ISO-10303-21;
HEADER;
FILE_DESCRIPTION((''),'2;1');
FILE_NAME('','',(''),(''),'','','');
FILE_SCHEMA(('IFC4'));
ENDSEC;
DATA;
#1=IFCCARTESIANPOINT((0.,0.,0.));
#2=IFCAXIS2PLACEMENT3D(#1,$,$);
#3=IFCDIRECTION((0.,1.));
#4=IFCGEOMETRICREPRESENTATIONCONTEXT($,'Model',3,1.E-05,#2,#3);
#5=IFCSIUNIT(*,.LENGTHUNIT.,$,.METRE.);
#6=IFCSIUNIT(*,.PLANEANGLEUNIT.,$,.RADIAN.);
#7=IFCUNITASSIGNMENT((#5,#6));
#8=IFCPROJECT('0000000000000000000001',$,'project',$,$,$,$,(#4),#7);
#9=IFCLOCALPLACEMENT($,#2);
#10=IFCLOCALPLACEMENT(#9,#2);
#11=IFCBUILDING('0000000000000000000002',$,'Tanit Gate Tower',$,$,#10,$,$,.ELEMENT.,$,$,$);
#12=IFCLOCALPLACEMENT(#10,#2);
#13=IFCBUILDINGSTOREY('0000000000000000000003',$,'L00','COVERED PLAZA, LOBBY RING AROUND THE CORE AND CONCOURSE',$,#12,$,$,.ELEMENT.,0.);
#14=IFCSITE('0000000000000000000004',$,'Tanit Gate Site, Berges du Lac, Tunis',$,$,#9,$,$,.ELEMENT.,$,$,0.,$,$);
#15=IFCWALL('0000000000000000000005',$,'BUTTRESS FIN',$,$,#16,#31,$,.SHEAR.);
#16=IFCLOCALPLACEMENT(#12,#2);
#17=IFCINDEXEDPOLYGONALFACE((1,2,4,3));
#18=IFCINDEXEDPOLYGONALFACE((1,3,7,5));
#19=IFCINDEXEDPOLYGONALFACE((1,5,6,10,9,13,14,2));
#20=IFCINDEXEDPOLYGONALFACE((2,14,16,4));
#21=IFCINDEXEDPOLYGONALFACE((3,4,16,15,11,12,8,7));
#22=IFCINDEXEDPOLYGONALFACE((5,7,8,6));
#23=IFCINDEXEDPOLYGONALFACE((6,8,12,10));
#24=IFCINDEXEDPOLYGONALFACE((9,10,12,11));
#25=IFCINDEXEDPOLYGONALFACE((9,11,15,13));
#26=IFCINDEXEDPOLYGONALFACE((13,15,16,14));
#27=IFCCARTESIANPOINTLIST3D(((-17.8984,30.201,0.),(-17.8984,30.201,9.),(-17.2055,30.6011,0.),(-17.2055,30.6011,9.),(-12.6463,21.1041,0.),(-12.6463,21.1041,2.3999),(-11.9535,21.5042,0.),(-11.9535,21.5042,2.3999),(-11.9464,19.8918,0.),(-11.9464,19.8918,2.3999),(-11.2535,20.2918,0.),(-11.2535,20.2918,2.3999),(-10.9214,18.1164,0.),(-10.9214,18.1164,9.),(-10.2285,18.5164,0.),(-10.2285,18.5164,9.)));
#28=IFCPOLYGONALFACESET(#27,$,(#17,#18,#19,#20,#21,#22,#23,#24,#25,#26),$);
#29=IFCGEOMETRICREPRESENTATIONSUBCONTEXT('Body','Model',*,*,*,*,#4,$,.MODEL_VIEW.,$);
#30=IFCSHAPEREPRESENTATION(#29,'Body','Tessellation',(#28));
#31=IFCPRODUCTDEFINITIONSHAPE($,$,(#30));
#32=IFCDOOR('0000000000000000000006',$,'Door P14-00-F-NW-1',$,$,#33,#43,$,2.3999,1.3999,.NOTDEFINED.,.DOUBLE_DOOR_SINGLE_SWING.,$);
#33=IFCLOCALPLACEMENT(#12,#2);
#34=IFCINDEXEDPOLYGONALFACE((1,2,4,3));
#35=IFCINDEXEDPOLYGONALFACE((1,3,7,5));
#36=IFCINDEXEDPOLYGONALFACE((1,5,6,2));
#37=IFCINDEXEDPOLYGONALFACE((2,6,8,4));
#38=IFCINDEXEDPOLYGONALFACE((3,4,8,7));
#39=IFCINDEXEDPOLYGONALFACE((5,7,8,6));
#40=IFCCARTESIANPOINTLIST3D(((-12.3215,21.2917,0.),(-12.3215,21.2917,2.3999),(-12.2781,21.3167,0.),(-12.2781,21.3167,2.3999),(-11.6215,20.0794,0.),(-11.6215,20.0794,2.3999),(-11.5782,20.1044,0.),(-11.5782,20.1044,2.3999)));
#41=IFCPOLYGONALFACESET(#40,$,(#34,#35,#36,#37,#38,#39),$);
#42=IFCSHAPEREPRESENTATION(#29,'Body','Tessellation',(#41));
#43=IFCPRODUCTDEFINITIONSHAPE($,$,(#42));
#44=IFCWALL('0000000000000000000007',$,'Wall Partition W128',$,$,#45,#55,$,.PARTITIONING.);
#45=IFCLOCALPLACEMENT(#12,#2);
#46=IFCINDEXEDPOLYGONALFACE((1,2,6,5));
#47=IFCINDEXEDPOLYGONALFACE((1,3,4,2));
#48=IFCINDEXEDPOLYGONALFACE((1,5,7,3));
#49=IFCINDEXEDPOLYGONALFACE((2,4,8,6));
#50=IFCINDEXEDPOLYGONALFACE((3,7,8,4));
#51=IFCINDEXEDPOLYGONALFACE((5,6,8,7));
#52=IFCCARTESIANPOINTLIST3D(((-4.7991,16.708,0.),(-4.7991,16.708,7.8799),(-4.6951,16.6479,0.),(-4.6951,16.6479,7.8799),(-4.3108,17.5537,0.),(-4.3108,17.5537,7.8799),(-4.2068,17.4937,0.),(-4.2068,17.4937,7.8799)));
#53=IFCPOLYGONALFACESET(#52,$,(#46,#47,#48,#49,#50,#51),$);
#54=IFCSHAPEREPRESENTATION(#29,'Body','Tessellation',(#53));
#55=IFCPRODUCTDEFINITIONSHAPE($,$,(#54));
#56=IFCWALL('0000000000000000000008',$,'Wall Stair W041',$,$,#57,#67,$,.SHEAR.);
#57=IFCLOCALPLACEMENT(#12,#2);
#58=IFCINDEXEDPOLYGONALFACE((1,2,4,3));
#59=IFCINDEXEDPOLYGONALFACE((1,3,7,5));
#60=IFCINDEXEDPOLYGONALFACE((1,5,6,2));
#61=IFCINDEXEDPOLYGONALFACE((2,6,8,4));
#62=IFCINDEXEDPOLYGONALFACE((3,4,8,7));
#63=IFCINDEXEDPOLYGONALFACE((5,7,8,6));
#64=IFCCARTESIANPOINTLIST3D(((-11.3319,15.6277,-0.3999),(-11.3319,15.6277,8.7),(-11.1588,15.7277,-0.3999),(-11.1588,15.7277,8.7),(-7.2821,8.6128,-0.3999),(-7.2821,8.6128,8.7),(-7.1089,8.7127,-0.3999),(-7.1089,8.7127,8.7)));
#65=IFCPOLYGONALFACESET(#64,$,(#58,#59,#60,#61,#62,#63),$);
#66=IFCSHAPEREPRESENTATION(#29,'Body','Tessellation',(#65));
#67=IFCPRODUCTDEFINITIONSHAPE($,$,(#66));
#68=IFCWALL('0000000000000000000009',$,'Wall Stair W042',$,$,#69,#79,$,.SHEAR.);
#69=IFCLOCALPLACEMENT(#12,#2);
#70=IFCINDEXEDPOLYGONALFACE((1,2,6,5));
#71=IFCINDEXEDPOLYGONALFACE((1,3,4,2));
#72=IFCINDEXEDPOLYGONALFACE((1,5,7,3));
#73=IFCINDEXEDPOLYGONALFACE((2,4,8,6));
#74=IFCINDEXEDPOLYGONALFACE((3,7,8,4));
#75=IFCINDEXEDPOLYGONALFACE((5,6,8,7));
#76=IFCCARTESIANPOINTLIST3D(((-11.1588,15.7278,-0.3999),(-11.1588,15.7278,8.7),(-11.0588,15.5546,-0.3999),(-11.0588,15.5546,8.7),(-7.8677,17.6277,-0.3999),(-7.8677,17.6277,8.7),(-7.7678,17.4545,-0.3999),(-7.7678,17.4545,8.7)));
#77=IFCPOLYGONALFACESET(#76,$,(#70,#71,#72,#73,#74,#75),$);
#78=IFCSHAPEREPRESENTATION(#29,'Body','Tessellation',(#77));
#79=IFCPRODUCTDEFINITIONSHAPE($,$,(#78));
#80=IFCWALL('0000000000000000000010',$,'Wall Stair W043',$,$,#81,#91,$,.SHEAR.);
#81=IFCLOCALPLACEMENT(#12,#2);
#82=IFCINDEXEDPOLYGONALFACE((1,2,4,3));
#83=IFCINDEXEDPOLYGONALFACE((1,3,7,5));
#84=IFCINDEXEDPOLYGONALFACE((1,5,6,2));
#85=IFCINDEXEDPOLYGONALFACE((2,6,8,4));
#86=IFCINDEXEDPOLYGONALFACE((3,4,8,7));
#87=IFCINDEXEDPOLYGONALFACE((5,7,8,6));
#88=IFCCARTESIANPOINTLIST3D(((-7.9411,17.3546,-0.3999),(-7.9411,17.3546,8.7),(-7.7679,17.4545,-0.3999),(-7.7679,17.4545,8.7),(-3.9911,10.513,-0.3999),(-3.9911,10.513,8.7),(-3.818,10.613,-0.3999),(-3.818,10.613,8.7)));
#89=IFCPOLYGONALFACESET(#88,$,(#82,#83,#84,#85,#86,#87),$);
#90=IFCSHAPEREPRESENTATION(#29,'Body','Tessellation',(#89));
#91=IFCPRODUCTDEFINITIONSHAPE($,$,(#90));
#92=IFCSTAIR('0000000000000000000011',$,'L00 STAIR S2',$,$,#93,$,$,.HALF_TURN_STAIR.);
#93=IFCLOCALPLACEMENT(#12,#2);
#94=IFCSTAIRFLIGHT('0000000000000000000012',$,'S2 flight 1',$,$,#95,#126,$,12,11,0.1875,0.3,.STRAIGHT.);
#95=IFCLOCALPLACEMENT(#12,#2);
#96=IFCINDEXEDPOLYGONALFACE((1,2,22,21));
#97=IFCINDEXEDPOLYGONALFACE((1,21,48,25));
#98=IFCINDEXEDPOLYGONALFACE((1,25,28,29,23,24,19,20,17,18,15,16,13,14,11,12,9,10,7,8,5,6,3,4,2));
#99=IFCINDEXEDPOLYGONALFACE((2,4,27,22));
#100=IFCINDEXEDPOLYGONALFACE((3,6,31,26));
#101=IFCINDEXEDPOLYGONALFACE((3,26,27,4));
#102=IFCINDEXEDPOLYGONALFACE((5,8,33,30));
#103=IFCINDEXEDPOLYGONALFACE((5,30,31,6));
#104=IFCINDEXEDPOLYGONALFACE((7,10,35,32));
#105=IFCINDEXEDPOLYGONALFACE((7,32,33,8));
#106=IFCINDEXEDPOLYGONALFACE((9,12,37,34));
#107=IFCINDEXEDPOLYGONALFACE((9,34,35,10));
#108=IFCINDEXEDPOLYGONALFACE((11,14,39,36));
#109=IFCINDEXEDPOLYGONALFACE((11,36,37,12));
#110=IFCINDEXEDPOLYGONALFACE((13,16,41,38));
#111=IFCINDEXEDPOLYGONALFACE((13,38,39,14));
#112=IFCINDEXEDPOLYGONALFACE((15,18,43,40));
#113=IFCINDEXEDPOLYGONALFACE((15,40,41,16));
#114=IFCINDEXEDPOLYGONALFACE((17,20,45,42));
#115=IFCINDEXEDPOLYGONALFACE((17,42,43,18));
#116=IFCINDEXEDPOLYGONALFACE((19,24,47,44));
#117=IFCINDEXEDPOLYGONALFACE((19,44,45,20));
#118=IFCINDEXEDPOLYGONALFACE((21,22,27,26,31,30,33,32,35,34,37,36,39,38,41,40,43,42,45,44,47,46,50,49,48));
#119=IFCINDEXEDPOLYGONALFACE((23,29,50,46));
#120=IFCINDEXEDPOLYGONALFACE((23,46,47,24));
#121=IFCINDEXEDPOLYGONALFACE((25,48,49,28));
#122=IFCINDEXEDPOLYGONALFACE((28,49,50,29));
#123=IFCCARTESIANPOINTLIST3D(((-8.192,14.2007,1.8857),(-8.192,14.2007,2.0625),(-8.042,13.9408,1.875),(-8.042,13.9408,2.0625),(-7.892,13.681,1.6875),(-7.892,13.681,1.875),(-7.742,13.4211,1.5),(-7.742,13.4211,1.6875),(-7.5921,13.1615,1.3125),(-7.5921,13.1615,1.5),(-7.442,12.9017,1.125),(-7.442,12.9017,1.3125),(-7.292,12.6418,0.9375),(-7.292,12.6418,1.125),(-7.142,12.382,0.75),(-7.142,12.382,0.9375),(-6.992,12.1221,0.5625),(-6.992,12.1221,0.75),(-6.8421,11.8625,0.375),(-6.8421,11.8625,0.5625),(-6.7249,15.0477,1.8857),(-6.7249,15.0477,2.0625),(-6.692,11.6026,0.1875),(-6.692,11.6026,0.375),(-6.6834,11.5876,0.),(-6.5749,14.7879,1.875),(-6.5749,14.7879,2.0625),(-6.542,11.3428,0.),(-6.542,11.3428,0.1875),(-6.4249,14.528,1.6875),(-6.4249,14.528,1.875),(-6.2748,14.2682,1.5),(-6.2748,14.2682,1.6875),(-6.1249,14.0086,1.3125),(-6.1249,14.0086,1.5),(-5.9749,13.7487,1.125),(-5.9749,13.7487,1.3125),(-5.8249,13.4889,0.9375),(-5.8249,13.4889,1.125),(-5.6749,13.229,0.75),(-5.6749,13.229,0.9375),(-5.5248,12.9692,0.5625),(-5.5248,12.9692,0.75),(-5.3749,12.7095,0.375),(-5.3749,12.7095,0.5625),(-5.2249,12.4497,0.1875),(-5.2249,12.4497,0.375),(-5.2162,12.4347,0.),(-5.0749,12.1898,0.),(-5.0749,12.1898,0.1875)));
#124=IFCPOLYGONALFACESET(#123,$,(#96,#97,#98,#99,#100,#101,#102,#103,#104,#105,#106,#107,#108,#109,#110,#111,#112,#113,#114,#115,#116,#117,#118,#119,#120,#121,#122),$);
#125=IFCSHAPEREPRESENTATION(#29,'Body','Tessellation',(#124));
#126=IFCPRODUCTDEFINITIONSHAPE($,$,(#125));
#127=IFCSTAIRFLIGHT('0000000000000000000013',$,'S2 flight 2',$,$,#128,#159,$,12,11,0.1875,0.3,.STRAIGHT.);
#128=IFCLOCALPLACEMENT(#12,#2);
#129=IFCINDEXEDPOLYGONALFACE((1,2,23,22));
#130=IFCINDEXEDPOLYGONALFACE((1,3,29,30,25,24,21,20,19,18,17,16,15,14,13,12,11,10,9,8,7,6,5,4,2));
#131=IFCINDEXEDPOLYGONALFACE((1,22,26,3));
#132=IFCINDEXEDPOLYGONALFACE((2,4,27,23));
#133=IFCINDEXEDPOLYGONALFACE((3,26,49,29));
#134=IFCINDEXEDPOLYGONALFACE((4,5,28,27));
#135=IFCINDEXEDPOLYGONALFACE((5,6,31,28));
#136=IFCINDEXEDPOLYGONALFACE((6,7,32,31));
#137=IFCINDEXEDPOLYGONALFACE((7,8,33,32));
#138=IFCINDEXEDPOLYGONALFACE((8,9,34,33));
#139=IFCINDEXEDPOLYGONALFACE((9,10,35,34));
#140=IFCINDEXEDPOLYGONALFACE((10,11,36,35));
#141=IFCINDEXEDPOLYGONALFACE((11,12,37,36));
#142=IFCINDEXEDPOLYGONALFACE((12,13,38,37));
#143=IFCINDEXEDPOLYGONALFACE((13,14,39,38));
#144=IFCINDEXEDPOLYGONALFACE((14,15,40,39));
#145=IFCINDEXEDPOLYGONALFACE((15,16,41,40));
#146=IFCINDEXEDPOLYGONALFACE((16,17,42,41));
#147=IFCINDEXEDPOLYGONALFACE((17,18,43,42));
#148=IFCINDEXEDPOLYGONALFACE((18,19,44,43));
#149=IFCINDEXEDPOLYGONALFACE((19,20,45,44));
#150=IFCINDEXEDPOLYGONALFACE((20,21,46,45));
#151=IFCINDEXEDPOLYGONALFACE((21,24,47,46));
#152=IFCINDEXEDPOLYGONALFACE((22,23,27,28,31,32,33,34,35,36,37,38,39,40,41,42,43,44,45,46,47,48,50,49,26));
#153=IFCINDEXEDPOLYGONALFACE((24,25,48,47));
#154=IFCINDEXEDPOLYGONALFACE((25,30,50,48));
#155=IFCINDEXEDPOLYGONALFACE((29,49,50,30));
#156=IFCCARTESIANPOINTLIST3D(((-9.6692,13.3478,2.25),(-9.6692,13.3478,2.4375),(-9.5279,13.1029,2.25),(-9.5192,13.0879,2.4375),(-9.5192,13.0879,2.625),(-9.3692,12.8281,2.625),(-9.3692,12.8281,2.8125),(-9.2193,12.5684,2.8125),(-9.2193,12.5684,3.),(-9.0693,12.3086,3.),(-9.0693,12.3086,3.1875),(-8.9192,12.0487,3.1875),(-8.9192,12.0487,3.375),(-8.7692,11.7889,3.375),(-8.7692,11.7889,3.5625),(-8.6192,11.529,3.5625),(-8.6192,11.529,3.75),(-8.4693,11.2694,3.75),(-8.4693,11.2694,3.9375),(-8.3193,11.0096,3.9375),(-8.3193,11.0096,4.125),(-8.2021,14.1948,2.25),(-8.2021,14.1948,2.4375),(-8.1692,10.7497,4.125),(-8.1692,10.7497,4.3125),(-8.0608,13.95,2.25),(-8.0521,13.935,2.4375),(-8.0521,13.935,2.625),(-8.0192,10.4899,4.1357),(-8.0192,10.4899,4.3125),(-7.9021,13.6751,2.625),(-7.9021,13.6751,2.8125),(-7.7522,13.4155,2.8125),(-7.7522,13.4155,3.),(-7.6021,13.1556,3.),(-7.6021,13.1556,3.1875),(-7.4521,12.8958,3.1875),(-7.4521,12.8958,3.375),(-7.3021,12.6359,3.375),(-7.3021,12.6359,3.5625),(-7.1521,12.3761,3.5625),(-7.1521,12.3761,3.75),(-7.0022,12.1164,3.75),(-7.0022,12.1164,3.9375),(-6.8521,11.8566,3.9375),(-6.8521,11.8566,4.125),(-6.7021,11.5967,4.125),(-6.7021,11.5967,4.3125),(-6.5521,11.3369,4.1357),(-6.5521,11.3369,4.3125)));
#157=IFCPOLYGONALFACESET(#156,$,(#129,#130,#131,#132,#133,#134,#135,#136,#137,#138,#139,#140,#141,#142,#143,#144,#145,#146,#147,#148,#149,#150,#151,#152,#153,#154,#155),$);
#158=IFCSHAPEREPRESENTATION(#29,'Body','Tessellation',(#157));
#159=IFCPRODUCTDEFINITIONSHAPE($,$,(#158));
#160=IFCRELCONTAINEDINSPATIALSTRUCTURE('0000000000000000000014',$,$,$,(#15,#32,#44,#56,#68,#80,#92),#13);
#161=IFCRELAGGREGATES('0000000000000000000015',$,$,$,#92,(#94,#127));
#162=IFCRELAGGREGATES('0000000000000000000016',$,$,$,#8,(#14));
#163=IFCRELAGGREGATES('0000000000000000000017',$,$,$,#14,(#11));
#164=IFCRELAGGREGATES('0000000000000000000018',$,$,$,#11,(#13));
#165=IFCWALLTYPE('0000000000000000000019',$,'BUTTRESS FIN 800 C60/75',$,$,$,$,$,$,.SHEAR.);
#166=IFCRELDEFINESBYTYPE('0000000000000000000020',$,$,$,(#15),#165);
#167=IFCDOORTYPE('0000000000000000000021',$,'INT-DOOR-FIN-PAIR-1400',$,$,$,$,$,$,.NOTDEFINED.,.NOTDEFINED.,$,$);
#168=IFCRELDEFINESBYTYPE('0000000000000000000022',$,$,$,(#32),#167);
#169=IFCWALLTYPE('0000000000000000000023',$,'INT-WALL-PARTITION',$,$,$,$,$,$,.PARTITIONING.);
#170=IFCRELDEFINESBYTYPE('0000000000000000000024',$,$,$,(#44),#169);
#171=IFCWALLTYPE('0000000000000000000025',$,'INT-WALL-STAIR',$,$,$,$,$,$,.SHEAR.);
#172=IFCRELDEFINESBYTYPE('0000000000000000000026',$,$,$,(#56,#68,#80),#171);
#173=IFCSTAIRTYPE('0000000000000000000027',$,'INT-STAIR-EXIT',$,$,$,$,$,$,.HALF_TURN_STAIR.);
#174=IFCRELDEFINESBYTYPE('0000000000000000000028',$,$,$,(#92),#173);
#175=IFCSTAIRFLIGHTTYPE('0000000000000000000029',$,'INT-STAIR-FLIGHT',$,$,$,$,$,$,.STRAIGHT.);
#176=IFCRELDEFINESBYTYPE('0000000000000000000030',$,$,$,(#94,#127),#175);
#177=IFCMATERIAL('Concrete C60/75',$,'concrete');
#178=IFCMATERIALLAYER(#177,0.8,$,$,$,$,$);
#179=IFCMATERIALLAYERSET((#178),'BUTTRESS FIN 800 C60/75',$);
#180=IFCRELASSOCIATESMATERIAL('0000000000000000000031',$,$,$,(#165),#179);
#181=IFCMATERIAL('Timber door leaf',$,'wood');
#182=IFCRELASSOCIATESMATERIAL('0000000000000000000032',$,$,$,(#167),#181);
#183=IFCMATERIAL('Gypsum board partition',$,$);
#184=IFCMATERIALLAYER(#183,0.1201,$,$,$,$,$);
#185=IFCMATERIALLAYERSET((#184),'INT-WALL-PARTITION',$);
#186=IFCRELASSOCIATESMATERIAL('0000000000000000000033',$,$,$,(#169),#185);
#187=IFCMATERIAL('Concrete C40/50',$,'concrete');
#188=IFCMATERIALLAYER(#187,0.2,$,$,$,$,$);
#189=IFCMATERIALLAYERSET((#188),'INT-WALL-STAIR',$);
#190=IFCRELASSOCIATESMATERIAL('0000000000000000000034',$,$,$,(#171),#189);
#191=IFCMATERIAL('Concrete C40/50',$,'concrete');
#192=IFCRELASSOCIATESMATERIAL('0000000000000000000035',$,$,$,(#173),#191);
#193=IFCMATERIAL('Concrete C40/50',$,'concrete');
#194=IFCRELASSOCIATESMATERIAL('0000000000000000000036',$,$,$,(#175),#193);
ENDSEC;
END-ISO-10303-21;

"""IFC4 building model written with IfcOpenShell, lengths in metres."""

from ifc_helpers import new_model, si_unit, direction, frame, frame_2d, origin, place, context, subcontext, project, spatial, polyline, rectangle, outline, extrude, material, layer, layer_set, type_object, element, fill, aggregate, save


model = new_model("IFC4")

# Units and contexts
model_context = context("Model", 3, precision=1e-05, world=origin(), true_north=direction((0.0, 1.0)))
body_context = subcontext(model_context, "Body", "Model", "MODEL_VIEW")
ifc_project = project(units=[si_unit("LENGTHUNIT", "METRE"), si_unit("PLANEANGLEUNIT", "RADIAN")], contexts=[model_context])

# Site, building, storey
site_placement = place(None, origin())
site = spatial("IfcSite", under=ifc_project, at=site_placement, Name="Tanit Gate Site, Berges du Lac, Tunis", CompositionType="ELEMENT", RefElevation=0.0)
building_placement = place(site_placement, origin())
building = spatial("IfcBuilding", under=site, at=building_placement, Name="Tanit Gate Tower", CompositionType="ELEMENT")
storey_placement = place(building_placement, origin())
storey = spatial("IfcBuildingStorey", under=building, at=storey_placement, Name="L00", Description="COVERED PLAZA, LOBBY RING AROUND THE CORE AND CONCOURSE", CompositionType="ELEMENT", Elevation=0.0)

# Wall, opening, door
ifc_material_1 = material(Name="Concrete C60/75", Category="concrete")
ifc_layer_1 = layer(ifc_material_1, 0.8)
ifc_layer_set_1 = layer_set([ifc_layer_1], Name="BUTTRESS FIN 800 C60/75")
wall_type_1 = type_object("IfcWallType", Name="BUTTRESS FIN 800 C60/75", PredefinedType="SHEAR", material=ifc_layer_set_1)
wall_1_placement = place(storey_placement, frame((-10.575, 18.3164, 0.0), z_axis=(0.0, 0.0, 1.0), x_axis=(-0.499997, 0.866027, 0.0)))
wall_1 = element("IfcWall", 1, at=wall_1_placement, inside=storey, type_object=wall_type_1, Name="BUTTRESS FIN", PredefinedType="SHEAR", context=body_context, shape_type="SweptSolid", body=[
    extrude(rectangle(XDim=13.9541, YDim=0.8, at=frame_2d((6.9771, 0.0))), origin(), (0.0, 0.0, 1.0), 9.0),
])
opening_1_placement = place(wall_1_placement, frame((2.05, 0.0, 0.0)))
opening_1 = element("IfcOpeningElement", 2, at=opening_1_placement, cuts=wall_1, PredefinedType="OPENING", context=body_context, shape_type="SweptSolid", body=[
    extrude(rectangle(XDim=1.3999, YDim=2.3999, at=frame_2d((0.7, 1.2))), frame((0.0, 0.4102, 0.0), z_axis=(0.0, -1.0, 0.0), x_axis=(1.0, 0.0, 0.0)), (0.0, 0.0, 1.0), 0.8201),
])
ifc_material_2 = material(Name="Timber door leaf", Category="wood")
door_type_1 = type_object("IfcDoorType", Name="INT-DOOR-FIN-PAIR-1400", OperationType="NOTDEFINED", PredefinedType="NOTDEFINED", material=ifc_material_2)
door_1_placement = place(opening_1_placement, origin())
door_1 = element("IfcDoor", 3, at=door_1_placement, inside=storey, type_object=door_type_1, Name="Door P14-00-F-NW-1", OperationType="DOUBLE_DOOR_SINGLE_SWING", OverallHeight=2.3999, OverallWidth=1.3999, PredefinedType="NOTDEFINED", context=body_context, shape_type="SweptSolid", body=[
    extrude(rectangle(XDim=1.3999, YDim=2.3999, at=frame_2d((0.7, 1.2))), frame((0.0, 0.0249, 0.0), z_axis=(0.0, -1.0, 0.0), x_axis=(1.0, 0.0, 0.0)), (0.0, 0.0, 1.0), 0.05),
])
fill(opening_1, door_1)

# Walls
ifc_material_3 = material(Name="Gypsum board partition")
ifc_layer_2 = layer(ifc_material_3, 0.1201)
ifc_layer_set_2 = layer_set([ifc_layer_2], Name="INT-WALL-PARTITION")
wall_type_2 = type_object("IfcWallType", Name="INT-WALL-PARTITION", PredefinedType="PARTITIONING", material=ifc_layer_set_2)
wall_2_placement = place(storey_placement, frame((-4.7471, 16.678, 0.0), z_axis=(0.0, 0.0, 1.0), x_axis=(0.500011, 0.866019, 0.0)))
element("IfcWall", 4, at=wall_2_placement, inside=storey, type_object=wall_type_2, Name="Wall Partition W128", PredefinedType="PARTITIONING", context=body_context, shape_type="SweptSolid", body=[
    extrude(rectangle(XDim=0.9766, YDim=0.1201, at=frame_2d((0.4883, 0.0))), origin(), (0.0, 0.0, 1.0), 7.8799),
])
ifc_material_4 = material(Name="Concrete C40/50", Category="concrete")
ifc_layer_3 = layer(ifc_material_4, 0.2)
ifc_layer_set_3 = layer_set([ifc_layer_3], Name="INT-WALL-STAIR")
wall_type_3 = type_object("IfcWallType", Name="INT-WALL-STAIR", PredefinedType="SHEAR", material=ifc_layer_set_3)
wall_3_placement = place(storey_placement, frame((-11.2454, 15.6777, -0.3999), z_axis=(0.0, 0.0, 1.0), x_axis=(0.499977, -0.866039, 0.0)))
element("IfcWall", 5, at=wall_3_placement, inside=storey, type_object=wall_type_3, Name="Wall Stair W041", PredefinedType="SHEAR", context=body_context, shape_type="SweptSolid", body=[
    extrude(rectangle(XDim=8.1001, YDim=0.2, at=frame_2d((4.05, 0.0))), origin(), (0.0, 0.0, 1.0), 9.0999),
])
wall_4_placement = place(storey_placement, frame((-7.8179, 17.541, -0.3999), z_axis=(0.0, 0.0, 1.0), x_axis=(-0.866044, -0.499967, 0.0)))
element("IfcWall", 6, at=wall_4_placement, inside=storey, type_object=wall_type_3, Name="Wall Stair W042", PredefinedType="SHEAR", context=body_context, shape_type="SweptSolid", body=[
    extrude(rectangle(XDim=3.8, YDim=0.2, at=frame_2d((1.8999, 0.0))), origin(), (0.0, 0.0, 1.0), 9.0999),
])
wall_5_placement = place(storey_placement, frame((-7.8545, 17.4045, -0.3999), z_axis=(0.0, 0.0, 1.0), x_axis=(0.499998, -0.866027, 0.0)))
element("IfcWall", 7, at=wall_5_placement, inside=storey, type_object=wall_type_3, Name="Wall Stair W043", PredefinedType="SHEAR", context=body_context, shape_type="SweptSolid", body=[
    extrude(rectangle(XDim=7.8999, YDim=0.2, at=frame_2d((3.95, 0.0))), origin(), (0.0, 0.0, 1.0), 9.0999),
])

# Stair, stair flights
ifc_material_5 = material(Name="Concrete C40/50", Category="concrete")
stair_type = type_object("IfcStairType", Name="INT-STAIR-EXIT", PredefinedType="HALF_TURN_STAIR", material=ifc_material_5)
stair_placement = place(storey_placement, origin())
stair = element("IfcStair", 8, at=stair_placement, inside=storey, type_object=stair_type, Name="L00 STAIR S2", PredefinedType="HALF_TURN_STAIR")
ifc_material_6 = material(Name="Concrete C40/50", Category="concrete")
stair_flight_type = type_object("IfcStairFlightType", Name="INT-STAIR-FLIGHT", PredefinedType="STRAIGHT", material=ifc_material_6)
stair_flight_1_placement = place(storey_placement, frame((-5.8083, 11.7664, 0.0), z_axis=(0.0, 0.0, 1.0), x_axis=(-0.5, 0.866025, 0.0)))
stair_flight_1 = element("IfcStairFlight", 9, at=stair_flight_1_placement, type_object=stair_flight_type, Name="S2 flight 1", NumberOfRisers=12, NumberOfTreads=11, PredefinedType="STRAIGHT", RiserHeight=0.1875, TreadLength=0.3, context=body_context, shape_type="SweptSolid", body=[
    extrude(outline(polyline([(0.0, 0.0), (0.0, 0.1875), (0.3, 0.1875), (0.3, 0.375), (0.6001, 0.375), (0.6001, 0.5625), (0.8999, 0.5625), (0.8999, 0.75), (1.2, 0.75), (1.2, 0.9375), (1.5, 0.9375), (1.5, 1.125), (1.8, 1.125), (1.8, 1.3125), (2.1001, 1.3125), (2.1001, 1.5), (2.3999, 1.5), (2.3999, 1.6875), (2.7, 1.6875), (2.7, 1.875), (3.0, 1.875), (3.0, 2.0625), (3.3, 2.0625), (3.3, 2.25), (3.3, 1.8857), (0.2827, 0.0), (0.0, 0.0)])), frame((0.0, 0.8472, 0.0), z_axis=(0.0, -1.0, 0.0), x_axis=(1.0, 0.0, 0.0)), (0.0, 0.0, 1.0), 1.6941),
])
stair_flight_2_placement = place(storey_placement, frame((-8.9358, 13.7712, 2.25), z_axis=(0.0, 0.0, 1.0), x_axis=(0.5, -0.866025, 0.0)))
stair_flight_2 = element("IfcStairFlight", 10, at=stair_flight_2_placement, type_object=stair_flight_type, Name="S2 flight 2", NumberOfRisers=12, NumberOfTreads=11, PredefinedType="STRAIGHT", RiserHeight=0.1875, TreadLength=0.3, context=body_context, shape_type="SweptSolid", body=[
    extrude(outline(polyline([(0.0, 0.0), (0.0, 0.1875), (0.3, 0.1875), (0.3, 0.375), (0.6001, 0.375), (0.6001, 0.5625), (0.8999, 0.5625), (0.8999, 0.75), (1.2, 0.75), (1.2, 0.9375), (1.5, 0.9375), (1.5, 1.125), (1.8, 1.125), (1.8, 1.3125), (2.1001, 1.3125), (2.1001, 1.5), (2.3999, 1.5), (2.3999, 1.6875), (2.7, 1.6875), (2.7, 1.875), (3.0, 1.875), (3.0, 2.0625), (3.3, 2.0625), (3.3, 2.25), (3.3, 1.8857), (0.2827, 0.0), (0.0, 0.0)])), frame((0.0, 0.8472, 0.0), z_axis=(0.0, -1.0, 0.0), x_axis=(1.0, 0.0, 0.0)), (0.0, 0.0, 1.0), 1.6941),
])
aggregate(stair, [stair_flight_1, stair_flight_2])

save(model, "model.ifc")
